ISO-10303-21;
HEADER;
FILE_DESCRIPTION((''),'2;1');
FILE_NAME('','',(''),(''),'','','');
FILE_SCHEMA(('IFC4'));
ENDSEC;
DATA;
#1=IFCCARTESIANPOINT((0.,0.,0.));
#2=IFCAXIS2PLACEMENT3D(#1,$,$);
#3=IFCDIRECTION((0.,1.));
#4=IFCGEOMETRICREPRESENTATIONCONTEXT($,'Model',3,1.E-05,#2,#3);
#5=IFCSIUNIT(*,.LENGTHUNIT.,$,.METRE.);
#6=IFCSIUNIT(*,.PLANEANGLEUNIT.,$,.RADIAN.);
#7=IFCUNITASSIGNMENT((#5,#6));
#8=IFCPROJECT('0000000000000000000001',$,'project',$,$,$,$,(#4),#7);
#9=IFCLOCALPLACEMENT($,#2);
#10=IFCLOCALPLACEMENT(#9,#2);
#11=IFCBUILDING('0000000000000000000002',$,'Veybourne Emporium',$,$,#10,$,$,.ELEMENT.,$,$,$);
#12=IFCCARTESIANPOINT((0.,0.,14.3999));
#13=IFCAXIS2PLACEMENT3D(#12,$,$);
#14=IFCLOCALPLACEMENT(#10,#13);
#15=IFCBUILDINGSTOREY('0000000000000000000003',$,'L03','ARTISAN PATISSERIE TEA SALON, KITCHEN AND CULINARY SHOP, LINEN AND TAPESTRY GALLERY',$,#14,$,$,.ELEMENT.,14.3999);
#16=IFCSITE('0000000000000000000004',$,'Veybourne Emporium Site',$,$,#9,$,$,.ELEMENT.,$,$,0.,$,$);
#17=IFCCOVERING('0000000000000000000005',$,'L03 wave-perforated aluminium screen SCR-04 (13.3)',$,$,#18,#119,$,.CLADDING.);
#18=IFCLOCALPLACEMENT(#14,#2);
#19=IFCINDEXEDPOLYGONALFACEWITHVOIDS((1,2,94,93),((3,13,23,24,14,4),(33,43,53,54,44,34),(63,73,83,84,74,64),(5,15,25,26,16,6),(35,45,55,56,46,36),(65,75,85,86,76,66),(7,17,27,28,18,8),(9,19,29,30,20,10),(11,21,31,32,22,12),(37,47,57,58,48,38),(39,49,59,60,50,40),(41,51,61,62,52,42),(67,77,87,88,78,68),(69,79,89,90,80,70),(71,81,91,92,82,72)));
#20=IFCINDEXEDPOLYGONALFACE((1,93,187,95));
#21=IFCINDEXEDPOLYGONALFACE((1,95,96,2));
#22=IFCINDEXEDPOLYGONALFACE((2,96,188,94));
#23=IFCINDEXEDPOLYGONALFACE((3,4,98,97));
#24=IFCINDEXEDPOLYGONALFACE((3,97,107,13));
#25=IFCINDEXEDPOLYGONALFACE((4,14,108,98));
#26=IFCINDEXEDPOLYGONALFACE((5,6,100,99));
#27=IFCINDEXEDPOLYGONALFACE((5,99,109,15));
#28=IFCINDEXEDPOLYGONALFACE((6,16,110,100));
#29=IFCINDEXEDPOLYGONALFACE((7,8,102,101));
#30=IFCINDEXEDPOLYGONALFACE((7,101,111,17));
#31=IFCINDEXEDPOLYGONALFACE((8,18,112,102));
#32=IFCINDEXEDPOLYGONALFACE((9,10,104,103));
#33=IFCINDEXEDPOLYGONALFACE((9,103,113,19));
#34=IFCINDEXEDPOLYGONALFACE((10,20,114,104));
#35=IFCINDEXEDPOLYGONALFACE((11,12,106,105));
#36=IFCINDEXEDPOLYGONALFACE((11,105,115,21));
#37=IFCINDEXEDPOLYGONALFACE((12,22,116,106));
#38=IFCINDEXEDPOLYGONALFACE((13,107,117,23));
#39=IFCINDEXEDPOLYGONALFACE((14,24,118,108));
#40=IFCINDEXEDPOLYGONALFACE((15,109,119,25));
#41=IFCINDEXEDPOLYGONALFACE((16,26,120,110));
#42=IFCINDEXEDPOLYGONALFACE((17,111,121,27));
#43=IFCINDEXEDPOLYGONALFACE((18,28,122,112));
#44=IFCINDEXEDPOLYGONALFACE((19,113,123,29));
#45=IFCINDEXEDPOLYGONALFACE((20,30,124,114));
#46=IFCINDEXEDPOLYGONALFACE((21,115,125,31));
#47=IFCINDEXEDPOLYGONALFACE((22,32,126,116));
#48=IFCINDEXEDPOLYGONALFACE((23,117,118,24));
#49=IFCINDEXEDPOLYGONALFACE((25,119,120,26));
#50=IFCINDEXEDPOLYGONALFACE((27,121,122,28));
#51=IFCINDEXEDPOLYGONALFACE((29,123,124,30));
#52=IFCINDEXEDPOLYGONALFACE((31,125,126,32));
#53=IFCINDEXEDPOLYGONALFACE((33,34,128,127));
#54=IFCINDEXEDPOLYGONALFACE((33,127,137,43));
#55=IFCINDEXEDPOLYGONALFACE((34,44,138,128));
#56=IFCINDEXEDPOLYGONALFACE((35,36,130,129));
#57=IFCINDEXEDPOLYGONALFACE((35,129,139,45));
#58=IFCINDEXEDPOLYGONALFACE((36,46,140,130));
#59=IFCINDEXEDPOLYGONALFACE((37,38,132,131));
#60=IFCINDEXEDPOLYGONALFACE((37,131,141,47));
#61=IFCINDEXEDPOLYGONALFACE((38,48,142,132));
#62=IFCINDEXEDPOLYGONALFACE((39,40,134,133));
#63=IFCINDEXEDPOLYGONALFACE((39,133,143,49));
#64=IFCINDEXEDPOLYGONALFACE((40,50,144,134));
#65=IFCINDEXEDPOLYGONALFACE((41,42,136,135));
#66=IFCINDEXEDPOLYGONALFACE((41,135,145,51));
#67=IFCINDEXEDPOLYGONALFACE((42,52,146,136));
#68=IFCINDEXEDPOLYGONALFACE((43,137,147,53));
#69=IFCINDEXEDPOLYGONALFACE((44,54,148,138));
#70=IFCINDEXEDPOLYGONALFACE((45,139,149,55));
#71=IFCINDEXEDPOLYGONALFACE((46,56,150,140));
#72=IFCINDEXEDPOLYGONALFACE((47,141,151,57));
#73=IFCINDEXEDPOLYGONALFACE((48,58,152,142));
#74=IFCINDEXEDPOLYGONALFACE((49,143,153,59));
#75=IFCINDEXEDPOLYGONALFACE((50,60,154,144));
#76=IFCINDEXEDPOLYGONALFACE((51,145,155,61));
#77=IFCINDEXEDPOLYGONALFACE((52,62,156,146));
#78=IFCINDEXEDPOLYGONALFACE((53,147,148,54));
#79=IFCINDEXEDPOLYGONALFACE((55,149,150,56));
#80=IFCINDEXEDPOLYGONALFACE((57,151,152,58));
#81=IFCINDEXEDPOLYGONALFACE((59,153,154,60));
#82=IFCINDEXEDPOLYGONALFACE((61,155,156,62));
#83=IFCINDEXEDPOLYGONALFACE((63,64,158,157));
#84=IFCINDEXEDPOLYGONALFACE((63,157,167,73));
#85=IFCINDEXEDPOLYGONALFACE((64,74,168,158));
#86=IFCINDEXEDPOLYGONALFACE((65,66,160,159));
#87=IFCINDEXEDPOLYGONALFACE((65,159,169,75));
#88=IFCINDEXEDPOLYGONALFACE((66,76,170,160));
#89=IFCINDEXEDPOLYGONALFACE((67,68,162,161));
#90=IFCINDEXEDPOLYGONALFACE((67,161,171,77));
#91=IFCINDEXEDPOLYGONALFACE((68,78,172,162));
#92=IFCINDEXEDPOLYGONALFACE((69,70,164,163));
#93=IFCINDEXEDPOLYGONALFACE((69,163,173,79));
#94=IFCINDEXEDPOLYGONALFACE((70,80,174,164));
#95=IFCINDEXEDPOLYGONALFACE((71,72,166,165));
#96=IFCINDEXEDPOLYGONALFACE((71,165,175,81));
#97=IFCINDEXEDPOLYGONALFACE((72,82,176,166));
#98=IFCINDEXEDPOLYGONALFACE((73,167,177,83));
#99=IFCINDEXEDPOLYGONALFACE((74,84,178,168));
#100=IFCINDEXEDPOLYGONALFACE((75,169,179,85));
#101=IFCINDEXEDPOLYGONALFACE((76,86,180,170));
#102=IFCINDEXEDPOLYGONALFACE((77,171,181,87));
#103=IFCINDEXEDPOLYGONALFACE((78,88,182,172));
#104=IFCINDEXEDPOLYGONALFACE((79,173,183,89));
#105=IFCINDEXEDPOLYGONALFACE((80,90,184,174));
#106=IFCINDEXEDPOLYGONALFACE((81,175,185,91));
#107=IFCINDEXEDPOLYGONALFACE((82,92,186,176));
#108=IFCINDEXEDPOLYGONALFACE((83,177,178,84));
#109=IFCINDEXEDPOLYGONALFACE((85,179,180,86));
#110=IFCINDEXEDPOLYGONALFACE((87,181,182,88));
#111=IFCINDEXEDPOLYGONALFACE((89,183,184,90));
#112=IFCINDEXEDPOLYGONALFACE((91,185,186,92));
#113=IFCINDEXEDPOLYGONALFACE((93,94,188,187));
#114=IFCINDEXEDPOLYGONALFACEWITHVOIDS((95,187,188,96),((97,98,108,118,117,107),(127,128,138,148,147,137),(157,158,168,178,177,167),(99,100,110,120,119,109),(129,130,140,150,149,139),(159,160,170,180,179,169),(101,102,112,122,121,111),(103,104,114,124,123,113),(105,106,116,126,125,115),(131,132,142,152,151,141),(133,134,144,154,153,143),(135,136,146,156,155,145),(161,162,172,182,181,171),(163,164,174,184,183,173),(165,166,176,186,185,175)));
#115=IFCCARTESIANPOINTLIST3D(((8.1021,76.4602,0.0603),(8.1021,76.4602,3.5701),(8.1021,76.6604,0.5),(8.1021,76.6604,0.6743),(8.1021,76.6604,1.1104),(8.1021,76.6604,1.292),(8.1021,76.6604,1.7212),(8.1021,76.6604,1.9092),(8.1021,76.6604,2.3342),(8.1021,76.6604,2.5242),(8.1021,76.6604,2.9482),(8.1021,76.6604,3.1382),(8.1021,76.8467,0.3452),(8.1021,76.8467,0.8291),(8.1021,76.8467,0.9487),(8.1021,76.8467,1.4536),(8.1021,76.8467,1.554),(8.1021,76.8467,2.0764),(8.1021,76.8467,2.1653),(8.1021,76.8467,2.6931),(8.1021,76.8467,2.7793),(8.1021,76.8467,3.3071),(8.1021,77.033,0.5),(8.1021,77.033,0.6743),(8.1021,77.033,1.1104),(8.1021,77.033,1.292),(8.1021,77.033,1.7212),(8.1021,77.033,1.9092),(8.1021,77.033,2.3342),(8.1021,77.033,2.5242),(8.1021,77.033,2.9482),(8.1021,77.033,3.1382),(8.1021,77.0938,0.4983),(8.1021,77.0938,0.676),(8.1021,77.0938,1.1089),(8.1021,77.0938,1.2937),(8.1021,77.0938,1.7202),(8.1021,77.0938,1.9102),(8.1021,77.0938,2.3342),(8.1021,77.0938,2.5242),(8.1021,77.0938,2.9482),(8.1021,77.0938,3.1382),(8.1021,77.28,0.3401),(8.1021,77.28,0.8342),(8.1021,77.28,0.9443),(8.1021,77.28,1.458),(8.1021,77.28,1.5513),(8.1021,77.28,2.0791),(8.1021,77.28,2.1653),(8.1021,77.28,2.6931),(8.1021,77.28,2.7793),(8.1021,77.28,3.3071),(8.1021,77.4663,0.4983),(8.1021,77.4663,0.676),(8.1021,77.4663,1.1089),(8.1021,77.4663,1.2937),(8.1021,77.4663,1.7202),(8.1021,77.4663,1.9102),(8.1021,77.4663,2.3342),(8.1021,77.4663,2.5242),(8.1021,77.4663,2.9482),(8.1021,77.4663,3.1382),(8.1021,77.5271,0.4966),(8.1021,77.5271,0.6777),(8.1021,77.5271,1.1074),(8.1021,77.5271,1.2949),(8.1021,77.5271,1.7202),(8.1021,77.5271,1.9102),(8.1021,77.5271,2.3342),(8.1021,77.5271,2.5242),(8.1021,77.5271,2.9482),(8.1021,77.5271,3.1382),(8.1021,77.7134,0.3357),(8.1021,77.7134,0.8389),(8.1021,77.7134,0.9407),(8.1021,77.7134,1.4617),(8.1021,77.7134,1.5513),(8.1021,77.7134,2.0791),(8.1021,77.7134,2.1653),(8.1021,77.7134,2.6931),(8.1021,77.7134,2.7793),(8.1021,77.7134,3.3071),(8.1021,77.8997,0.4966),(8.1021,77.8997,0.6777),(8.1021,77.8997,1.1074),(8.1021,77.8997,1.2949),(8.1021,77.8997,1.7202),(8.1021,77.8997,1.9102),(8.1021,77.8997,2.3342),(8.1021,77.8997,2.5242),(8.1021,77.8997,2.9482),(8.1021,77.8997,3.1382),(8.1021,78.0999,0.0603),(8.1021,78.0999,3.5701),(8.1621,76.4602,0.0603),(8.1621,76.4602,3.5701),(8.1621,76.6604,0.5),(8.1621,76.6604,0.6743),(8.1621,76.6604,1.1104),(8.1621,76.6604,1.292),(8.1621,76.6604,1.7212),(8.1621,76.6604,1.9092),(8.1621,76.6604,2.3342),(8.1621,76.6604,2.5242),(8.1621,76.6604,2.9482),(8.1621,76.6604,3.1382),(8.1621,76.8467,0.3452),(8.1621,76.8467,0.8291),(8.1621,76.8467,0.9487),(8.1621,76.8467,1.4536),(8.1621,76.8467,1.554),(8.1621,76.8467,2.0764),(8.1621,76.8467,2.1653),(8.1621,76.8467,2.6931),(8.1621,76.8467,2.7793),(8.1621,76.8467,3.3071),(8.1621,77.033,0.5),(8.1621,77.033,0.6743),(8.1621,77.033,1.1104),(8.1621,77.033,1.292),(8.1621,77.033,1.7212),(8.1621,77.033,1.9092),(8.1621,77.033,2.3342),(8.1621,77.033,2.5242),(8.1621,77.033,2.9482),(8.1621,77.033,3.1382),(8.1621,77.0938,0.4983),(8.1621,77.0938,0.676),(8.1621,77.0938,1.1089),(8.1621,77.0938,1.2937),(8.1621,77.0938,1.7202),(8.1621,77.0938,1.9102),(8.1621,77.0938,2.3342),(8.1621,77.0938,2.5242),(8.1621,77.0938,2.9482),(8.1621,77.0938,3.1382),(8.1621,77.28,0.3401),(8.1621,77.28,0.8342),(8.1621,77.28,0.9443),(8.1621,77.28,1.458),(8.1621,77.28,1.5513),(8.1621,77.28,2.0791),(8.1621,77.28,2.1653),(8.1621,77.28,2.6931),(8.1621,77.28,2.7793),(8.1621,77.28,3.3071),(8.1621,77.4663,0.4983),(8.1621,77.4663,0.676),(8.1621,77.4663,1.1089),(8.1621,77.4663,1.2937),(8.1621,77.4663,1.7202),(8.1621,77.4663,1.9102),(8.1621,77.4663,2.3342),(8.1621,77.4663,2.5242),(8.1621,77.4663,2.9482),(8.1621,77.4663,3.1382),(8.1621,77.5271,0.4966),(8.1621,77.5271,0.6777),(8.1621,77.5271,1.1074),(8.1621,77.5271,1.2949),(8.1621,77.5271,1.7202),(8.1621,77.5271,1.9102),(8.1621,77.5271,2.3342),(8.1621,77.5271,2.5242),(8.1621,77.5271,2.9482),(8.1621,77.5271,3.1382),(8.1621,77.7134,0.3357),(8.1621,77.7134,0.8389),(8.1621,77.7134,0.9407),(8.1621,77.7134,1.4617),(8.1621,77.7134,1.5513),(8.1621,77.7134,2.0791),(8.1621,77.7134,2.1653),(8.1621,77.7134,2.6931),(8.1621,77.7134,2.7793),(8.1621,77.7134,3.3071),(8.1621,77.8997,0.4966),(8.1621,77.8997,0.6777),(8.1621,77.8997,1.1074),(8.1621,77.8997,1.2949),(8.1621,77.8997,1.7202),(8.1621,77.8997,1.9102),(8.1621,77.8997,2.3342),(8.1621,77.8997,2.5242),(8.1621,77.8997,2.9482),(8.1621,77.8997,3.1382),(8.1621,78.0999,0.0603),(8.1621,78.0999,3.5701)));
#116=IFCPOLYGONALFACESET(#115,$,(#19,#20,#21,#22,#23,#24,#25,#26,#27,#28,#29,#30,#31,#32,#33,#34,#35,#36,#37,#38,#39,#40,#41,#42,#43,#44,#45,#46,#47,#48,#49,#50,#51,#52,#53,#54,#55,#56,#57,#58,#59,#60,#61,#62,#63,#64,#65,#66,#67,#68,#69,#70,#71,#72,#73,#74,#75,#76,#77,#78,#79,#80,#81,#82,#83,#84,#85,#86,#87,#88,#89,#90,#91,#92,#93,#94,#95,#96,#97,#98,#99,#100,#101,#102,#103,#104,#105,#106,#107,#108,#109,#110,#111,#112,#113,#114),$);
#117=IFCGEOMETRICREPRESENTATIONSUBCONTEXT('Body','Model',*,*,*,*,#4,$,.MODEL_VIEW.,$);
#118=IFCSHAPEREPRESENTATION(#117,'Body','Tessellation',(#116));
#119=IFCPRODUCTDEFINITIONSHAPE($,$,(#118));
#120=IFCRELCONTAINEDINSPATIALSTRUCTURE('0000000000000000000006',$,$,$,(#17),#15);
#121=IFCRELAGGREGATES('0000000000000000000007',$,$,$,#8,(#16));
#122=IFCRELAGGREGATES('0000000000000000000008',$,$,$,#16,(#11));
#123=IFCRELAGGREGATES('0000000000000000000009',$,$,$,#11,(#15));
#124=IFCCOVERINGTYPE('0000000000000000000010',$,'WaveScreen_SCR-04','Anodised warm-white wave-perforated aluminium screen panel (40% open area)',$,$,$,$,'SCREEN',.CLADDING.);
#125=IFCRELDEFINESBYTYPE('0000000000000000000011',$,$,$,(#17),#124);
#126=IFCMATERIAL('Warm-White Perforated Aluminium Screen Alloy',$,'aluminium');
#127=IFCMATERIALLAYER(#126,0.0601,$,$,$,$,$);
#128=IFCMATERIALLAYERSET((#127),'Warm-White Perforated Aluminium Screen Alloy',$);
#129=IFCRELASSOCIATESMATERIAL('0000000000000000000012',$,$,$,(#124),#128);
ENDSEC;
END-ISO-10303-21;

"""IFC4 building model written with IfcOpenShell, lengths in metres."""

from ifc_helpers import new_model, si_unit, direction, frame, origin, place, context, subcontext, project, spatial, polyline, outline, extrude, material, layer, layer_set, type_object, element, save


model = new_model("IFC4")

# Units and contexts
model_context = context("Model", 3, precision=1e-05, world=origin(), true_north=direction((0.0, 1.0)))
body_context = subcontext(model_context, "Body", "Model", "MODEL_VIEW")
ifc_project = project(units=[si_unit("LENGTHUNIT", "METRE"), si_unit("PLANEANGLEUNIT", "RADIAN")], contexts=[model_context])

# Site, building, storey
site_placement = place(None, origin())
site = spatial("IfcSite", under=ifc_project, at=site_placement, Name="Veybourne Emporium Site", CompositionType="ELEMENT", RefElevation=0.0)
building_placement = place(site_placement, origin())
building = spatial("IfcBuilding", under=site, at=building_placement, Name="Veybourne Emporium", CompositionType="ELEMENT")
storey_placement = place(building_placement, frame((0.0, 0.0, 14.3999)))
storey = spatial("IfcBuildingStorey", under=building, at=storey_placement, Name="L03", Description="ARTISAN PATISSERIE TEA SALON, KITCHEN AND CULINARY SHOP, LINEN AND TAPESTRY GALLERY", CompositionType="ELEMENT", Elevation=14.3999)

# Covering
ifc_material_1 = material(Name="Warm-White Perforated Aluminium Screen Alloy", Category="aluminium")
ifc_layer_1 = layer(ifc_material_1, 0.0601)
ifc_layer_set_1 = layer_set([ifc_layer_1], Name="Warm-White Perforated Aluminium Screen Alloy")
covering_type_1 = type_object("IfcCoveringType", Name="WaveScreen_SCR-04", Description="Anodised warm-white wave-perforated aluminium screen panel (40% open area)", ElementType="SCREEN", PredefinedType="CLADDING", material=ifc_layer_set_1)
covering_1_placement = place(storey_placement, frame((8.1021, 77.28, 1.8152), z_axis=(1.0, 0.0, 0.0), x_axis=(0.0, 1.0, 0.0)))
element("IfcCovering", 1, at=covering_1_placement, inside=storey, type_object=covering_type_1, Name="L03 wave-perforated aluminium screen SCR-04 (13.3)", PredefinedType="CLADDING", context=body_context, shape_type="SweptSolid", body=[
    extrude(outline(polyline([(-0.8198, -1.7549), (0.8198, -1.7549), (0.8198, 1.7549), (-0.8198, 1.7549), (-0.8198, -1.7549)]), holes=[polyline([(-0.4333, -0.9861), (-0.2471, -1.1409), (-0.2471, -1.3152), (-0.4333, -1.47), (-0.6196, -1.3152), (-0.6196, -1.1409), (-0.4333, -0.9861)]), polyline([(-0.4333, -0.3616), (-0.2471, -0.5232), (-0.2471, -0.7048), (-0.4333, -0.8665), (-0.6196, -0.7048), (-0.6196, -0.5232), (-0.4333, -0.3616)]), polyline([(-0.4333, 0.2612), (-0.2471, 0.094), (-0.2471, -0.094), (-0.4333, -0.2612), (-0.6196, -0.094), (-0.6196, 0.094), (-0.4333, 0.2612)]), polyline([(-0.4333, 0.8779), (-0.2471, 0.709), (-0.2471, 0.519), (-0.4333, 0.3501), (-0.6196, 0.519), (-0.6196, 0.709), (-0.4333, 0.8779)]), polyline([(-0.4333, 1.4919), (-0.2471, 1.323), (-0.2471, 1.1331), (-0.4333, 0.9641), (-0.6196, 1.1331), (-0.6196, 1.323), (-0.4333, 1.4919)]), polyline([(0.0, -0.981), (0.1863, -1.1392), (0.1863, -1.3169), (0.0, -1.4751), (-0.1863, -1.3169), (-0.1863, -1.1392), (0.0, -0.981)]), polyline([(0.0, -0.3572), (0.1863, -0.5215), (0.1863, -0.7063), (0.0, -0.8708), (-0.1863, -0.7063), (-0.1863, -0.5215), (0.0, -0.3572)]), polyline([(0.0, 0.2639), (0.1863, 0.095), (0.1863, -0.095), (0.0, -0.2639), (-0.1863, -0.095), (-0.1863, 0.095), (0.0, 0.2639)]), polyline([(0.0, 0.8779), (0.1863, 0.709), (0.1863, 0.519), (0.0, 0.3501), (-0.1863, 0.519), (-0.1863, 0.709), (0.0, 0.8779)]), polyline([(0.0, 1.4919), (0.1863, 1.323), (0.1863, 1.1331), (0.0, 0.9641), (-0.1863, 1.1331), (-0.1863, 1.323), (0.0, 1.4919)]), polyline([(0.4333, -0.9763), (0.6196, -1.1375), (0.6196, -1.3186), (0.4333, -1.4795), (0.2471, -1.3186), (0.2471, -1.1375), (0.4333, -0.9763)]), polyline([(0.4333, -0.3535), (0.6196, -0.5203), (0.6196, -0.7078), (0.4333, -0.8745), (0.2471, -0.7078), (0.2471, -0.5203), (0.4333, -0.3535)]), polyline([(0.4333, 0.2639), (0.6196, 0.095), (0.6196, -0.095), (0.4333, -0.2639), (0.2471, -0.095), (0.2471, 0.095), (0.4333, 0.2639)]), polyline([(0.4333, 0.8779), (0.6196, 0.709), (0.6196, 0.519), (0.4333, 0.3501), (0.2471, 0.519), (0.2471, 0.709), (0.4333, 0.8779)]), polyline([(0.4333, 1.4919), (0.6196, 1.323), (0.6196, 1.1331), (0.4333, 0.9641), (0.2471, 1.1331), (0.2471, 1.323), (0.4333, 1.4919)])]), origin(), (0.0, 0.0, 1.0), 0.0601),
])

save(model, "model.ifc")
